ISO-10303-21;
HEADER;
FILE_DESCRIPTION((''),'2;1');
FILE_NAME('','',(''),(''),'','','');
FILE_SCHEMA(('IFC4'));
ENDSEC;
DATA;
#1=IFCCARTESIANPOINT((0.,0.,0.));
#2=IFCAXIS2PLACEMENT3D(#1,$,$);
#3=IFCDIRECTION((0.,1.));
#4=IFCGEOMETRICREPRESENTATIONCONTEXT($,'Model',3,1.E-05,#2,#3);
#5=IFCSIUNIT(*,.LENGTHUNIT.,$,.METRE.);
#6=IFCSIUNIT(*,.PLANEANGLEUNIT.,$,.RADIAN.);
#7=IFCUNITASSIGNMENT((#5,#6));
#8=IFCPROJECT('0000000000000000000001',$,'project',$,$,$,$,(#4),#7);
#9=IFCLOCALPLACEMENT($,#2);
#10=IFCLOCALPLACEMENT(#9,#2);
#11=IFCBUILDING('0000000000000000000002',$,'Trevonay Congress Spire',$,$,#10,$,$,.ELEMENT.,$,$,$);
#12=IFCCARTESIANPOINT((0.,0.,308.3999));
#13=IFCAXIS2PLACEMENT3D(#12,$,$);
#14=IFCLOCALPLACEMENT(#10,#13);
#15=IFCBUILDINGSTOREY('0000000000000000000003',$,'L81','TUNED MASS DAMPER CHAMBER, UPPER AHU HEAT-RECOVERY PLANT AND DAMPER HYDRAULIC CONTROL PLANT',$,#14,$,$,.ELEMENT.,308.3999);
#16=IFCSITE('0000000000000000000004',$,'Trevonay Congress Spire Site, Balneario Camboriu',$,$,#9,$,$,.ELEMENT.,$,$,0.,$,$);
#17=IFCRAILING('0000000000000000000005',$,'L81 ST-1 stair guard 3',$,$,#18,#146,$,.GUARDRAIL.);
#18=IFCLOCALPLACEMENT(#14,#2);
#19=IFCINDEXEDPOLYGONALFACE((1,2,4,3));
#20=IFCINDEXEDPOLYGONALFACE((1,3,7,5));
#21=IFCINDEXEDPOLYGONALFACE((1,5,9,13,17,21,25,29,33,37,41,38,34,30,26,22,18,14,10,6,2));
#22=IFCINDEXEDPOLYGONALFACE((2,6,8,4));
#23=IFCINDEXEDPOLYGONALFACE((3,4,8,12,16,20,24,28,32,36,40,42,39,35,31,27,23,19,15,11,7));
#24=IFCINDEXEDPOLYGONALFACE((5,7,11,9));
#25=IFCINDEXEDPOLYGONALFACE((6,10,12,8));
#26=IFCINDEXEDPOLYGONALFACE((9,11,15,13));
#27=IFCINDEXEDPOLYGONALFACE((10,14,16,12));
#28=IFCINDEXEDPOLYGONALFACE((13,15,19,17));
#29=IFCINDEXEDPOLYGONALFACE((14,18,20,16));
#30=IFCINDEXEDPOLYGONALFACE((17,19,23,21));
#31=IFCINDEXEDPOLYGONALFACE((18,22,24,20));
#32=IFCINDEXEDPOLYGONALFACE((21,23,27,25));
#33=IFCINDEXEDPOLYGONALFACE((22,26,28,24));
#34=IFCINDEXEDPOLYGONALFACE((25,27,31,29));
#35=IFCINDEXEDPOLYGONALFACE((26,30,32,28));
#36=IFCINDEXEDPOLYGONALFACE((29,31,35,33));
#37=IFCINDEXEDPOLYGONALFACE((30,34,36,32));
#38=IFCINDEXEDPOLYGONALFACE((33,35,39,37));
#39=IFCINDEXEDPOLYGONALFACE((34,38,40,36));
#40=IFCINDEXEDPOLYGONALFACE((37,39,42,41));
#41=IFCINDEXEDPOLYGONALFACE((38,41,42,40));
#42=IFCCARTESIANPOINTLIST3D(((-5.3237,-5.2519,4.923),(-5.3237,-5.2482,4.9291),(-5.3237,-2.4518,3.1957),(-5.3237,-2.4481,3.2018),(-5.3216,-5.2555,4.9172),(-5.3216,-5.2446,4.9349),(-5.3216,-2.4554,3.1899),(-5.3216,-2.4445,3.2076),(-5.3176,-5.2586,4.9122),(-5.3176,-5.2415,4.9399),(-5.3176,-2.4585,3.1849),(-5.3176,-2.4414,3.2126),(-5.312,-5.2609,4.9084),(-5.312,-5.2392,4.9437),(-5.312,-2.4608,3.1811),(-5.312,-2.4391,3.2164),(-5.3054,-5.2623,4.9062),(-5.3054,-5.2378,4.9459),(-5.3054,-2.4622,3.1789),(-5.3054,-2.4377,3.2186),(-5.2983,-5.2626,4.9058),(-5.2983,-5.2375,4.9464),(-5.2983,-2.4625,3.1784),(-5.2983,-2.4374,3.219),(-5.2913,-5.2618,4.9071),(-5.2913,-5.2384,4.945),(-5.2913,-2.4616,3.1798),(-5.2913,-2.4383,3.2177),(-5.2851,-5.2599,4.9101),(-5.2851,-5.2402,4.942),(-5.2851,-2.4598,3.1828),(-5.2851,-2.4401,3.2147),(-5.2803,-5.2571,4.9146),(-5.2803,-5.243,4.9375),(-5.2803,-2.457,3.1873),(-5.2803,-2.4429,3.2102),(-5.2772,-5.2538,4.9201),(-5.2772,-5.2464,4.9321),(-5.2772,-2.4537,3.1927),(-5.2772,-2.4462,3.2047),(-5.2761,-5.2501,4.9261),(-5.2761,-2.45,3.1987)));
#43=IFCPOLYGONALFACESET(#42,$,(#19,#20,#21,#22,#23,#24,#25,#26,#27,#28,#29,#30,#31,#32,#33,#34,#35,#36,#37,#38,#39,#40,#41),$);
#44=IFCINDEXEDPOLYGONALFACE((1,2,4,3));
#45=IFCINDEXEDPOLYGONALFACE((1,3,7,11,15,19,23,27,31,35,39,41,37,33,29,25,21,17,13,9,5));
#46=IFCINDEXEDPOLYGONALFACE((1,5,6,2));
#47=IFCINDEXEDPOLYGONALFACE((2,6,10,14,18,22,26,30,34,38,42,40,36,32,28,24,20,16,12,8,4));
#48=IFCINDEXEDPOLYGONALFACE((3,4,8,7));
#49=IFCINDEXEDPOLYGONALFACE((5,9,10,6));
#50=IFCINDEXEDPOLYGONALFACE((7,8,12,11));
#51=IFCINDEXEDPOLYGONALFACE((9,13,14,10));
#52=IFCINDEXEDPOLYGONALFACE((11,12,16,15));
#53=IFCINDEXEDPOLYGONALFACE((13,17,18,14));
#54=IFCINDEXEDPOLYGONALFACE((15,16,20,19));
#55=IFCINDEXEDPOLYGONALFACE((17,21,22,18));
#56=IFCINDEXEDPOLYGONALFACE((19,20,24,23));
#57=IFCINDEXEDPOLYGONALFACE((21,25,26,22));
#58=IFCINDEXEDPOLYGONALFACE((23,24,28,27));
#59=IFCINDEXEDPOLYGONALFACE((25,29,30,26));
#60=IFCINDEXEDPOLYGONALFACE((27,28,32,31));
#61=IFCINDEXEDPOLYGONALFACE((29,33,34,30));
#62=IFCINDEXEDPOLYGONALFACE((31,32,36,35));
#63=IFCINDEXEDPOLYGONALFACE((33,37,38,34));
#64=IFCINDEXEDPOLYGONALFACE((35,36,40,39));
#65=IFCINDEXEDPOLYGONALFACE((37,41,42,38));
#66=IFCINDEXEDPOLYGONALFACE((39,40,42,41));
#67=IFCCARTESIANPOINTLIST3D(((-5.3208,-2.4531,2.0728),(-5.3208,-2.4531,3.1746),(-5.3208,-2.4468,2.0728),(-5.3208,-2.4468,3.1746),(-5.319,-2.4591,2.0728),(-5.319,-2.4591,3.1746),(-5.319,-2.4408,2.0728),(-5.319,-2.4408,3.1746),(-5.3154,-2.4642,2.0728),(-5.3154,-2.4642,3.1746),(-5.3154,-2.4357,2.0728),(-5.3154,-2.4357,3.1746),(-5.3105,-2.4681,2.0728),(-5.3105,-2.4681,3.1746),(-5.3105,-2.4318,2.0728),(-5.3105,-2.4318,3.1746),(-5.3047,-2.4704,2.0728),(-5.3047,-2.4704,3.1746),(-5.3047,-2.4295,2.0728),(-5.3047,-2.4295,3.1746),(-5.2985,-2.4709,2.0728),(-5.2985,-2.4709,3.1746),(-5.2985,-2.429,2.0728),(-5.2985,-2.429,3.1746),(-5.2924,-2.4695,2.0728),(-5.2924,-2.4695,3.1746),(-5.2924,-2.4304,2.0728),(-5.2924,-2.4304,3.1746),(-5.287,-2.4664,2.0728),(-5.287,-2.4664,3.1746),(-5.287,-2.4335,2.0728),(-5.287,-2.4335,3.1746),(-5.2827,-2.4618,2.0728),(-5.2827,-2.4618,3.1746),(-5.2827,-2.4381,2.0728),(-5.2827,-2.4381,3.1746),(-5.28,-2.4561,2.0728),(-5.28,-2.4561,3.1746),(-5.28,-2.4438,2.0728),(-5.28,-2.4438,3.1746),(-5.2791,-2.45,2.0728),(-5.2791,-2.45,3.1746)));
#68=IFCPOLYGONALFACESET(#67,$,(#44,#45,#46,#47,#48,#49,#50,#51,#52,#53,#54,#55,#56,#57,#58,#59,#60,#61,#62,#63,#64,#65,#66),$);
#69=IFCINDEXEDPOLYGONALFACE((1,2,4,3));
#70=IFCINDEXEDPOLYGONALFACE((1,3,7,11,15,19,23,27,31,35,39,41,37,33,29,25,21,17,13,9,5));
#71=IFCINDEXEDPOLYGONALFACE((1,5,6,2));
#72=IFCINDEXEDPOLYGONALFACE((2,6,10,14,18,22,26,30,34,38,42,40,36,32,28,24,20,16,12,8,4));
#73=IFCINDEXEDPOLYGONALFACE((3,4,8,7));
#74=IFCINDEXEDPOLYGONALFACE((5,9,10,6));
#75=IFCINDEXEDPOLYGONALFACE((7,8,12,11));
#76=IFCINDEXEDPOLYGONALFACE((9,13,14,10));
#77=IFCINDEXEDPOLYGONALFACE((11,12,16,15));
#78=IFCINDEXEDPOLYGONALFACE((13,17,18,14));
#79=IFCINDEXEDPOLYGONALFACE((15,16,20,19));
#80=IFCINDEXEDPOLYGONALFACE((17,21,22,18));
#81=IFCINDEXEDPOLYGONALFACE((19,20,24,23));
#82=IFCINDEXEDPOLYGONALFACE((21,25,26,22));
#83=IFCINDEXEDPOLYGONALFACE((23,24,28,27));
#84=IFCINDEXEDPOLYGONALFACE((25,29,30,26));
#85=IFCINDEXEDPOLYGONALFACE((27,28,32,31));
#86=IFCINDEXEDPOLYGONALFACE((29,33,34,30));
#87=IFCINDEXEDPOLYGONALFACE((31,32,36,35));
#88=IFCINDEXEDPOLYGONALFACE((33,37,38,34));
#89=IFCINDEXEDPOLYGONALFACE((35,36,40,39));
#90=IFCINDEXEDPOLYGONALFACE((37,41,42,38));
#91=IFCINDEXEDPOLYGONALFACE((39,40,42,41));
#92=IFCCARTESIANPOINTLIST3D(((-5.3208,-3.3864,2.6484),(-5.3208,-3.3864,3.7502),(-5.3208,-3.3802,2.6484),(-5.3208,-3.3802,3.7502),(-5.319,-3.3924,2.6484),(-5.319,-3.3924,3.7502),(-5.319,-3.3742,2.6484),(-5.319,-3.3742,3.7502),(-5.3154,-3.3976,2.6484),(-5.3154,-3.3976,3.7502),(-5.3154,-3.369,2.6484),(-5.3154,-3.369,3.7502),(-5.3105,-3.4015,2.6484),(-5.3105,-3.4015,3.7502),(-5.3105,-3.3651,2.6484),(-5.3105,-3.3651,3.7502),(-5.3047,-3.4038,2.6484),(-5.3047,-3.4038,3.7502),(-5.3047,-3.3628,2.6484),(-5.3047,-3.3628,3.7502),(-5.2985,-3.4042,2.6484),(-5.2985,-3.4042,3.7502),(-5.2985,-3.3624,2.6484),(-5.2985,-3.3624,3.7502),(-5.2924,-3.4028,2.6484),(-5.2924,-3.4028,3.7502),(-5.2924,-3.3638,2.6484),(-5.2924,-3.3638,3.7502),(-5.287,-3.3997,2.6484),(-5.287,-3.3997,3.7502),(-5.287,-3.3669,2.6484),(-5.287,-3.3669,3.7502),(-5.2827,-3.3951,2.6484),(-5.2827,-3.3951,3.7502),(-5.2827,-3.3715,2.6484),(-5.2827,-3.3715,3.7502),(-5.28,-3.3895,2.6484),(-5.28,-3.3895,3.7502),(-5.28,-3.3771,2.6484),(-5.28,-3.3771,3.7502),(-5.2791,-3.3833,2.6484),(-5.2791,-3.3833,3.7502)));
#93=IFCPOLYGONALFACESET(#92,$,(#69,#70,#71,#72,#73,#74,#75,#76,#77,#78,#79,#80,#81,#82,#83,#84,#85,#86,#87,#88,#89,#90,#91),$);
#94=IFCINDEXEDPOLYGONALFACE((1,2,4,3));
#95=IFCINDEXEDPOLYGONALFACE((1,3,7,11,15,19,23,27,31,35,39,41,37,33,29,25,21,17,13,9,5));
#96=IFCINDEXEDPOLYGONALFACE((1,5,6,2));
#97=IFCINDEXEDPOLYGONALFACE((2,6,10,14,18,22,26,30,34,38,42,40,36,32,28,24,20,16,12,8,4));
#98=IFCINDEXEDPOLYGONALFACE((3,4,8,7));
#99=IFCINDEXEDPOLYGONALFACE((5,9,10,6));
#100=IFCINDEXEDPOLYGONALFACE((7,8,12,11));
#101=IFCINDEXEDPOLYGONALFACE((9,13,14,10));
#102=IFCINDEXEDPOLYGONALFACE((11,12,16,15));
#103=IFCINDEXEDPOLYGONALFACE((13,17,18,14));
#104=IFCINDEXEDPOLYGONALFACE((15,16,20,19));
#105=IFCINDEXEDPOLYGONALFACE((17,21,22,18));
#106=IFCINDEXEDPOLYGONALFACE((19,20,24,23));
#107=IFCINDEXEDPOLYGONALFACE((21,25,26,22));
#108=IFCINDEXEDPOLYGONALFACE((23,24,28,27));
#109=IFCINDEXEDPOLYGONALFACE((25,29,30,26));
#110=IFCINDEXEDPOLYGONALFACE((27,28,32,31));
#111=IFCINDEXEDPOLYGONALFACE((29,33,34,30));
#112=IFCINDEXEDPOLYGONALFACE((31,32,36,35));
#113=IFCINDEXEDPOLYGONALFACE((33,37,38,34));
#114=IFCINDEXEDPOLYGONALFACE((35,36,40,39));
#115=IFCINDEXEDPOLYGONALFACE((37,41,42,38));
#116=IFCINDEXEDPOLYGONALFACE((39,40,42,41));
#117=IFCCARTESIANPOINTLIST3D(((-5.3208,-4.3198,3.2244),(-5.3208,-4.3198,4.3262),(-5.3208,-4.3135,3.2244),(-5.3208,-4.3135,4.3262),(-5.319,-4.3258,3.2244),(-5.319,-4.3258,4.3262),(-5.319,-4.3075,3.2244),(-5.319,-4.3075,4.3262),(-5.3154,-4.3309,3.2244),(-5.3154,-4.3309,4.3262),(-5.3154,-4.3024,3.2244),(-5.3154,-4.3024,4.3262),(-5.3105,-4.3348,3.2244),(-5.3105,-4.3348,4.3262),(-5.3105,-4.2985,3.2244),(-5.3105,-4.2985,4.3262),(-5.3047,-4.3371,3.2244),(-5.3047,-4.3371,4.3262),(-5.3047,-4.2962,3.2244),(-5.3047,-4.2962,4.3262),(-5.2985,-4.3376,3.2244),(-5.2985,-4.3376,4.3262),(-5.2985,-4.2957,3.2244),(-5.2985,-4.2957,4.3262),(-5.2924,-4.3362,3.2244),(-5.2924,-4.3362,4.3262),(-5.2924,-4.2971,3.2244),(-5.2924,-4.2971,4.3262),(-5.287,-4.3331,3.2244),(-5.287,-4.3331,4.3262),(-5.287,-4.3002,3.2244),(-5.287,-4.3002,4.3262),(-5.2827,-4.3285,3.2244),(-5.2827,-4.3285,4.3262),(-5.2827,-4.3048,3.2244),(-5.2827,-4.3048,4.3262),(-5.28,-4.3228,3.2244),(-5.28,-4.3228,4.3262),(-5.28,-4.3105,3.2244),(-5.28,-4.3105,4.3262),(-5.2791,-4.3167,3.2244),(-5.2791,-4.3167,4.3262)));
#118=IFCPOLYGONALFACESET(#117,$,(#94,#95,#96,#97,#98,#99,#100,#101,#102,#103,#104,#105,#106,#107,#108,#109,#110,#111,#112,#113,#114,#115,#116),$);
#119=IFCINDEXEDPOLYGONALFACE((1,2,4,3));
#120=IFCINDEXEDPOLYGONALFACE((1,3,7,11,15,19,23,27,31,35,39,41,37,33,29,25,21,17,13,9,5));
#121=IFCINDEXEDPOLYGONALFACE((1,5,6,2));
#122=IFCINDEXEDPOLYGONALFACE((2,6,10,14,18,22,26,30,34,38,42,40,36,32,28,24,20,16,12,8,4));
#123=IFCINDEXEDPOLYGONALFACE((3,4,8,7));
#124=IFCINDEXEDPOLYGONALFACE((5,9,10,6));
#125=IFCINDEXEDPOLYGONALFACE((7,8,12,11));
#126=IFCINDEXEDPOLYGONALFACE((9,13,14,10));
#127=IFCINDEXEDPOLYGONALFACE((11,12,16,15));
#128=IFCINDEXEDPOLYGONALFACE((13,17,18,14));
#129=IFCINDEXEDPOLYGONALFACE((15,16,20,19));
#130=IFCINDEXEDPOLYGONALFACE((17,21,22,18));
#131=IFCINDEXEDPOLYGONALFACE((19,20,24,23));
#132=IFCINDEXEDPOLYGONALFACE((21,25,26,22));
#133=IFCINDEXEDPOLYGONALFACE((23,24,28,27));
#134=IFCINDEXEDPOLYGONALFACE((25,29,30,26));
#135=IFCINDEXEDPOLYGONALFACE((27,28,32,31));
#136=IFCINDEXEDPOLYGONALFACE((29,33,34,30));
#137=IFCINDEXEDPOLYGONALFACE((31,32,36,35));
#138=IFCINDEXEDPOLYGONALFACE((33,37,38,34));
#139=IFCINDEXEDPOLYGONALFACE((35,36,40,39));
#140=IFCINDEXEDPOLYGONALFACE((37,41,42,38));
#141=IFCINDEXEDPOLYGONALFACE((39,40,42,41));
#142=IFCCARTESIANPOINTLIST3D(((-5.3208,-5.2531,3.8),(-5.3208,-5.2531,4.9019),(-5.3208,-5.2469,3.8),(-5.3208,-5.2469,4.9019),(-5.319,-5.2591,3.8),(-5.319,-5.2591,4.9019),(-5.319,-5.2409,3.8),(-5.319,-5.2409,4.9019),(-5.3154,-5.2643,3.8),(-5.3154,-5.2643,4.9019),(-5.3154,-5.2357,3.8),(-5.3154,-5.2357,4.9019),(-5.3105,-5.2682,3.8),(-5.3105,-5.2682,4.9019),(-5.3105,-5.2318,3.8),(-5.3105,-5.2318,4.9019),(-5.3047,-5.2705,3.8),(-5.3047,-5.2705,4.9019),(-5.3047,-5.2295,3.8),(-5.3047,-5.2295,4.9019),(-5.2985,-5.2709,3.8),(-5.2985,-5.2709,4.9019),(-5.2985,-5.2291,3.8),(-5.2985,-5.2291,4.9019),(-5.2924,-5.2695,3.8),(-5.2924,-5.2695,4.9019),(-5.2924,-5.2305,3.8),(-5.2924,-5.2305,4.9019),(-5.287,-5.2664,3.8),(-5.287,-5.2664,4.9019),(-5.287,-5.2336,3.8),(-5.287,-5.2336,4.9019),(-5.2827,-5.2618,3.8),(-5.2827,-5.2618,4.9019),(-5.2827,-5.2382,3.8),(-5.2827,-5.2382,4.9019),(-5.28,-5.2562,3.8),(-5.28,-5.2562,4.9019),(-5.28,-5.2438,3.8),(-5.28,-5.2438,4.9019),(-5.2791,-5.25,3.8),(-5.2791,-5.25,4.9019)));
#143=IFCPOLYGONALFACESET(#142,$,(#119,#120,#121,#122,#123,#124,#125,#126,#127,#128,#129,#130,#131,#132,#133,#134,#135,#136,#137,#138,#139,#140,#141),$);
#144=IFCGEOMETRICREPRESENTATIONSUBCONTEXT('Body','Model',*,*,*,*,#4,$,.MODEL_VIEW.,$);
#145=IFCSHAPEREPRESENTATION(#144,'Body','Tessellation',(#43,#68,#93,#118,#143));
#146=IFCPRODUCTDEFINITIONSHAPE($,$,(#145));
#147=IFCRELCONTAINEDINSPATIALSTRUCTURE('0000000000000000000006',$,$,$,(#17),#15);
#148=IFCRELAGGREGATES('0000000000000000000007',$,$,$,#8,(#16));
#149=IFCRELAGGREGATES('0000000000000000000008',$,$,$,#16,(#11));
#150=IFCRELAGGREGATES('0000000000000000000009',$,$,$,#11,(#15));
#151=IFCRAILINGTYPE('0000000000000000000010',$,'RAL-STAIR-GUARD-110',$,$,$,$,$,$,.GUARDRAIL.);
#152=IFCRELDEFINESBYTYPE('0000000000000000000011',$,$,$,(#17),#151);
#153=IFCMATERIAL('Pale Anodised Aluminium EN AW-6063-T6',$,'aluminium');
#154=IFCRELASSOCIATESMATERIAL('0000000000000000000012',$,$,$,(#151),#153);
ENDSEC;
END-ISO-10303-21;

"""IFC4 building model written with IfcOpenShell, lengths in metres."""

from ifc_helpers import new_model, si_unit, direction, frame, origin, origin_2d, place, context, subcontext, project, spatial, circle, extrude, material, type_object, element, save


model = new_model("IFC4")

# Units and contexts
model_context = context("Model", 3, precision=1e-05, world=origin(), true_north=direction((0.0, 1.0)))
body_context = subcontext(model_context, "Body", "Model", "MODEL_VIEW")
ifc_project = project(units=[si_unit("LENGTHUNIT", "METRE"), si_unit("PLANEANGLEUNIT", "RADIAN")], contexts=[model_context])

# Site, building, storey
site_placement = place(None, origin())
site = spatial("IfcSite", under=ifc_project, at=site_placement, Name="Trevonay Congress Spire Site, Balneario Camboriu", CompositionType="ELEMENT", RefElevation=0.0)
building_placement = place(site_placement, origin())
building = spatial("IfcBuilding", under=site, at=building_placement, Name="Trevonay Congress Spire", CompositionType="ELEMENT")
storey_placement = place(building_placement, frame((0.0, 0.0, 308.3999)))
storey = spatial("IfcBuildingStorey", under=building, at=storey_placement, Name="L81", Description="TUNED MASS DAMPER CHAMBER, UPPER AHU HEAT-RECOVERY PLANT AND DAMPER HYDRAULIC CONTROL PLANT", CompositionType="ELEMENT", Elevation=308.3999)

# Railing
ifc_material_1 = material(Name="Pale Anodised Aluminium EN AW-6063-T6", Category="aluminium")
railing_type_1 = type_object("IfcRailingType", Name="RAL-STAIR-GUARD-110", PredefinedType="GUARDRAIL", material=ifc_material_1)
railing_1_placement = place(storey_placement, frame((-5.3, -2.45, 2.0728)))
element("IfcRailing", 1, at=railing_1_placement, inside=storey, type_object=railing_type_1, Name="L81 ST-1 stair guard 3", PredefinedType="GUARDRAIL", context=body_context, shape_type="SweptSolid", body=[
    extrude(circle(Radius=0.0239, at=origin_2d()), frame((0.0, 0.0, 1.126), z_axis=(0.0, -0.85109, 0.52502), x_axis=(1.0, 0.0, 0.0)), (0.0, 0.0, 1.0), 3.29),
    extrude(circle(Radius=0.021, at=origin_2d()), origin(), (0.0, 0.0, 1.0), 1.1018),
    extrude(circle(Radius=0.021, at=origin_2d()), frame((0.0, -0.9333, 0.5757)), (0.0, 0.0, 1.0), 1.1018),
    extrude(circle(Radius=0.021, at=origin_2d()), frame((0.0, -1.8667, 1.1516)), (0.0, 0.0, 1.0), 1.1018),
    extrude(circle(Radius=0.021, at=origin_2d()), frame((0.0, -2.8, 1.7273)), (0.0, 0.0, 1.0), 1.1018),
])

save(model, "model.ifc")
